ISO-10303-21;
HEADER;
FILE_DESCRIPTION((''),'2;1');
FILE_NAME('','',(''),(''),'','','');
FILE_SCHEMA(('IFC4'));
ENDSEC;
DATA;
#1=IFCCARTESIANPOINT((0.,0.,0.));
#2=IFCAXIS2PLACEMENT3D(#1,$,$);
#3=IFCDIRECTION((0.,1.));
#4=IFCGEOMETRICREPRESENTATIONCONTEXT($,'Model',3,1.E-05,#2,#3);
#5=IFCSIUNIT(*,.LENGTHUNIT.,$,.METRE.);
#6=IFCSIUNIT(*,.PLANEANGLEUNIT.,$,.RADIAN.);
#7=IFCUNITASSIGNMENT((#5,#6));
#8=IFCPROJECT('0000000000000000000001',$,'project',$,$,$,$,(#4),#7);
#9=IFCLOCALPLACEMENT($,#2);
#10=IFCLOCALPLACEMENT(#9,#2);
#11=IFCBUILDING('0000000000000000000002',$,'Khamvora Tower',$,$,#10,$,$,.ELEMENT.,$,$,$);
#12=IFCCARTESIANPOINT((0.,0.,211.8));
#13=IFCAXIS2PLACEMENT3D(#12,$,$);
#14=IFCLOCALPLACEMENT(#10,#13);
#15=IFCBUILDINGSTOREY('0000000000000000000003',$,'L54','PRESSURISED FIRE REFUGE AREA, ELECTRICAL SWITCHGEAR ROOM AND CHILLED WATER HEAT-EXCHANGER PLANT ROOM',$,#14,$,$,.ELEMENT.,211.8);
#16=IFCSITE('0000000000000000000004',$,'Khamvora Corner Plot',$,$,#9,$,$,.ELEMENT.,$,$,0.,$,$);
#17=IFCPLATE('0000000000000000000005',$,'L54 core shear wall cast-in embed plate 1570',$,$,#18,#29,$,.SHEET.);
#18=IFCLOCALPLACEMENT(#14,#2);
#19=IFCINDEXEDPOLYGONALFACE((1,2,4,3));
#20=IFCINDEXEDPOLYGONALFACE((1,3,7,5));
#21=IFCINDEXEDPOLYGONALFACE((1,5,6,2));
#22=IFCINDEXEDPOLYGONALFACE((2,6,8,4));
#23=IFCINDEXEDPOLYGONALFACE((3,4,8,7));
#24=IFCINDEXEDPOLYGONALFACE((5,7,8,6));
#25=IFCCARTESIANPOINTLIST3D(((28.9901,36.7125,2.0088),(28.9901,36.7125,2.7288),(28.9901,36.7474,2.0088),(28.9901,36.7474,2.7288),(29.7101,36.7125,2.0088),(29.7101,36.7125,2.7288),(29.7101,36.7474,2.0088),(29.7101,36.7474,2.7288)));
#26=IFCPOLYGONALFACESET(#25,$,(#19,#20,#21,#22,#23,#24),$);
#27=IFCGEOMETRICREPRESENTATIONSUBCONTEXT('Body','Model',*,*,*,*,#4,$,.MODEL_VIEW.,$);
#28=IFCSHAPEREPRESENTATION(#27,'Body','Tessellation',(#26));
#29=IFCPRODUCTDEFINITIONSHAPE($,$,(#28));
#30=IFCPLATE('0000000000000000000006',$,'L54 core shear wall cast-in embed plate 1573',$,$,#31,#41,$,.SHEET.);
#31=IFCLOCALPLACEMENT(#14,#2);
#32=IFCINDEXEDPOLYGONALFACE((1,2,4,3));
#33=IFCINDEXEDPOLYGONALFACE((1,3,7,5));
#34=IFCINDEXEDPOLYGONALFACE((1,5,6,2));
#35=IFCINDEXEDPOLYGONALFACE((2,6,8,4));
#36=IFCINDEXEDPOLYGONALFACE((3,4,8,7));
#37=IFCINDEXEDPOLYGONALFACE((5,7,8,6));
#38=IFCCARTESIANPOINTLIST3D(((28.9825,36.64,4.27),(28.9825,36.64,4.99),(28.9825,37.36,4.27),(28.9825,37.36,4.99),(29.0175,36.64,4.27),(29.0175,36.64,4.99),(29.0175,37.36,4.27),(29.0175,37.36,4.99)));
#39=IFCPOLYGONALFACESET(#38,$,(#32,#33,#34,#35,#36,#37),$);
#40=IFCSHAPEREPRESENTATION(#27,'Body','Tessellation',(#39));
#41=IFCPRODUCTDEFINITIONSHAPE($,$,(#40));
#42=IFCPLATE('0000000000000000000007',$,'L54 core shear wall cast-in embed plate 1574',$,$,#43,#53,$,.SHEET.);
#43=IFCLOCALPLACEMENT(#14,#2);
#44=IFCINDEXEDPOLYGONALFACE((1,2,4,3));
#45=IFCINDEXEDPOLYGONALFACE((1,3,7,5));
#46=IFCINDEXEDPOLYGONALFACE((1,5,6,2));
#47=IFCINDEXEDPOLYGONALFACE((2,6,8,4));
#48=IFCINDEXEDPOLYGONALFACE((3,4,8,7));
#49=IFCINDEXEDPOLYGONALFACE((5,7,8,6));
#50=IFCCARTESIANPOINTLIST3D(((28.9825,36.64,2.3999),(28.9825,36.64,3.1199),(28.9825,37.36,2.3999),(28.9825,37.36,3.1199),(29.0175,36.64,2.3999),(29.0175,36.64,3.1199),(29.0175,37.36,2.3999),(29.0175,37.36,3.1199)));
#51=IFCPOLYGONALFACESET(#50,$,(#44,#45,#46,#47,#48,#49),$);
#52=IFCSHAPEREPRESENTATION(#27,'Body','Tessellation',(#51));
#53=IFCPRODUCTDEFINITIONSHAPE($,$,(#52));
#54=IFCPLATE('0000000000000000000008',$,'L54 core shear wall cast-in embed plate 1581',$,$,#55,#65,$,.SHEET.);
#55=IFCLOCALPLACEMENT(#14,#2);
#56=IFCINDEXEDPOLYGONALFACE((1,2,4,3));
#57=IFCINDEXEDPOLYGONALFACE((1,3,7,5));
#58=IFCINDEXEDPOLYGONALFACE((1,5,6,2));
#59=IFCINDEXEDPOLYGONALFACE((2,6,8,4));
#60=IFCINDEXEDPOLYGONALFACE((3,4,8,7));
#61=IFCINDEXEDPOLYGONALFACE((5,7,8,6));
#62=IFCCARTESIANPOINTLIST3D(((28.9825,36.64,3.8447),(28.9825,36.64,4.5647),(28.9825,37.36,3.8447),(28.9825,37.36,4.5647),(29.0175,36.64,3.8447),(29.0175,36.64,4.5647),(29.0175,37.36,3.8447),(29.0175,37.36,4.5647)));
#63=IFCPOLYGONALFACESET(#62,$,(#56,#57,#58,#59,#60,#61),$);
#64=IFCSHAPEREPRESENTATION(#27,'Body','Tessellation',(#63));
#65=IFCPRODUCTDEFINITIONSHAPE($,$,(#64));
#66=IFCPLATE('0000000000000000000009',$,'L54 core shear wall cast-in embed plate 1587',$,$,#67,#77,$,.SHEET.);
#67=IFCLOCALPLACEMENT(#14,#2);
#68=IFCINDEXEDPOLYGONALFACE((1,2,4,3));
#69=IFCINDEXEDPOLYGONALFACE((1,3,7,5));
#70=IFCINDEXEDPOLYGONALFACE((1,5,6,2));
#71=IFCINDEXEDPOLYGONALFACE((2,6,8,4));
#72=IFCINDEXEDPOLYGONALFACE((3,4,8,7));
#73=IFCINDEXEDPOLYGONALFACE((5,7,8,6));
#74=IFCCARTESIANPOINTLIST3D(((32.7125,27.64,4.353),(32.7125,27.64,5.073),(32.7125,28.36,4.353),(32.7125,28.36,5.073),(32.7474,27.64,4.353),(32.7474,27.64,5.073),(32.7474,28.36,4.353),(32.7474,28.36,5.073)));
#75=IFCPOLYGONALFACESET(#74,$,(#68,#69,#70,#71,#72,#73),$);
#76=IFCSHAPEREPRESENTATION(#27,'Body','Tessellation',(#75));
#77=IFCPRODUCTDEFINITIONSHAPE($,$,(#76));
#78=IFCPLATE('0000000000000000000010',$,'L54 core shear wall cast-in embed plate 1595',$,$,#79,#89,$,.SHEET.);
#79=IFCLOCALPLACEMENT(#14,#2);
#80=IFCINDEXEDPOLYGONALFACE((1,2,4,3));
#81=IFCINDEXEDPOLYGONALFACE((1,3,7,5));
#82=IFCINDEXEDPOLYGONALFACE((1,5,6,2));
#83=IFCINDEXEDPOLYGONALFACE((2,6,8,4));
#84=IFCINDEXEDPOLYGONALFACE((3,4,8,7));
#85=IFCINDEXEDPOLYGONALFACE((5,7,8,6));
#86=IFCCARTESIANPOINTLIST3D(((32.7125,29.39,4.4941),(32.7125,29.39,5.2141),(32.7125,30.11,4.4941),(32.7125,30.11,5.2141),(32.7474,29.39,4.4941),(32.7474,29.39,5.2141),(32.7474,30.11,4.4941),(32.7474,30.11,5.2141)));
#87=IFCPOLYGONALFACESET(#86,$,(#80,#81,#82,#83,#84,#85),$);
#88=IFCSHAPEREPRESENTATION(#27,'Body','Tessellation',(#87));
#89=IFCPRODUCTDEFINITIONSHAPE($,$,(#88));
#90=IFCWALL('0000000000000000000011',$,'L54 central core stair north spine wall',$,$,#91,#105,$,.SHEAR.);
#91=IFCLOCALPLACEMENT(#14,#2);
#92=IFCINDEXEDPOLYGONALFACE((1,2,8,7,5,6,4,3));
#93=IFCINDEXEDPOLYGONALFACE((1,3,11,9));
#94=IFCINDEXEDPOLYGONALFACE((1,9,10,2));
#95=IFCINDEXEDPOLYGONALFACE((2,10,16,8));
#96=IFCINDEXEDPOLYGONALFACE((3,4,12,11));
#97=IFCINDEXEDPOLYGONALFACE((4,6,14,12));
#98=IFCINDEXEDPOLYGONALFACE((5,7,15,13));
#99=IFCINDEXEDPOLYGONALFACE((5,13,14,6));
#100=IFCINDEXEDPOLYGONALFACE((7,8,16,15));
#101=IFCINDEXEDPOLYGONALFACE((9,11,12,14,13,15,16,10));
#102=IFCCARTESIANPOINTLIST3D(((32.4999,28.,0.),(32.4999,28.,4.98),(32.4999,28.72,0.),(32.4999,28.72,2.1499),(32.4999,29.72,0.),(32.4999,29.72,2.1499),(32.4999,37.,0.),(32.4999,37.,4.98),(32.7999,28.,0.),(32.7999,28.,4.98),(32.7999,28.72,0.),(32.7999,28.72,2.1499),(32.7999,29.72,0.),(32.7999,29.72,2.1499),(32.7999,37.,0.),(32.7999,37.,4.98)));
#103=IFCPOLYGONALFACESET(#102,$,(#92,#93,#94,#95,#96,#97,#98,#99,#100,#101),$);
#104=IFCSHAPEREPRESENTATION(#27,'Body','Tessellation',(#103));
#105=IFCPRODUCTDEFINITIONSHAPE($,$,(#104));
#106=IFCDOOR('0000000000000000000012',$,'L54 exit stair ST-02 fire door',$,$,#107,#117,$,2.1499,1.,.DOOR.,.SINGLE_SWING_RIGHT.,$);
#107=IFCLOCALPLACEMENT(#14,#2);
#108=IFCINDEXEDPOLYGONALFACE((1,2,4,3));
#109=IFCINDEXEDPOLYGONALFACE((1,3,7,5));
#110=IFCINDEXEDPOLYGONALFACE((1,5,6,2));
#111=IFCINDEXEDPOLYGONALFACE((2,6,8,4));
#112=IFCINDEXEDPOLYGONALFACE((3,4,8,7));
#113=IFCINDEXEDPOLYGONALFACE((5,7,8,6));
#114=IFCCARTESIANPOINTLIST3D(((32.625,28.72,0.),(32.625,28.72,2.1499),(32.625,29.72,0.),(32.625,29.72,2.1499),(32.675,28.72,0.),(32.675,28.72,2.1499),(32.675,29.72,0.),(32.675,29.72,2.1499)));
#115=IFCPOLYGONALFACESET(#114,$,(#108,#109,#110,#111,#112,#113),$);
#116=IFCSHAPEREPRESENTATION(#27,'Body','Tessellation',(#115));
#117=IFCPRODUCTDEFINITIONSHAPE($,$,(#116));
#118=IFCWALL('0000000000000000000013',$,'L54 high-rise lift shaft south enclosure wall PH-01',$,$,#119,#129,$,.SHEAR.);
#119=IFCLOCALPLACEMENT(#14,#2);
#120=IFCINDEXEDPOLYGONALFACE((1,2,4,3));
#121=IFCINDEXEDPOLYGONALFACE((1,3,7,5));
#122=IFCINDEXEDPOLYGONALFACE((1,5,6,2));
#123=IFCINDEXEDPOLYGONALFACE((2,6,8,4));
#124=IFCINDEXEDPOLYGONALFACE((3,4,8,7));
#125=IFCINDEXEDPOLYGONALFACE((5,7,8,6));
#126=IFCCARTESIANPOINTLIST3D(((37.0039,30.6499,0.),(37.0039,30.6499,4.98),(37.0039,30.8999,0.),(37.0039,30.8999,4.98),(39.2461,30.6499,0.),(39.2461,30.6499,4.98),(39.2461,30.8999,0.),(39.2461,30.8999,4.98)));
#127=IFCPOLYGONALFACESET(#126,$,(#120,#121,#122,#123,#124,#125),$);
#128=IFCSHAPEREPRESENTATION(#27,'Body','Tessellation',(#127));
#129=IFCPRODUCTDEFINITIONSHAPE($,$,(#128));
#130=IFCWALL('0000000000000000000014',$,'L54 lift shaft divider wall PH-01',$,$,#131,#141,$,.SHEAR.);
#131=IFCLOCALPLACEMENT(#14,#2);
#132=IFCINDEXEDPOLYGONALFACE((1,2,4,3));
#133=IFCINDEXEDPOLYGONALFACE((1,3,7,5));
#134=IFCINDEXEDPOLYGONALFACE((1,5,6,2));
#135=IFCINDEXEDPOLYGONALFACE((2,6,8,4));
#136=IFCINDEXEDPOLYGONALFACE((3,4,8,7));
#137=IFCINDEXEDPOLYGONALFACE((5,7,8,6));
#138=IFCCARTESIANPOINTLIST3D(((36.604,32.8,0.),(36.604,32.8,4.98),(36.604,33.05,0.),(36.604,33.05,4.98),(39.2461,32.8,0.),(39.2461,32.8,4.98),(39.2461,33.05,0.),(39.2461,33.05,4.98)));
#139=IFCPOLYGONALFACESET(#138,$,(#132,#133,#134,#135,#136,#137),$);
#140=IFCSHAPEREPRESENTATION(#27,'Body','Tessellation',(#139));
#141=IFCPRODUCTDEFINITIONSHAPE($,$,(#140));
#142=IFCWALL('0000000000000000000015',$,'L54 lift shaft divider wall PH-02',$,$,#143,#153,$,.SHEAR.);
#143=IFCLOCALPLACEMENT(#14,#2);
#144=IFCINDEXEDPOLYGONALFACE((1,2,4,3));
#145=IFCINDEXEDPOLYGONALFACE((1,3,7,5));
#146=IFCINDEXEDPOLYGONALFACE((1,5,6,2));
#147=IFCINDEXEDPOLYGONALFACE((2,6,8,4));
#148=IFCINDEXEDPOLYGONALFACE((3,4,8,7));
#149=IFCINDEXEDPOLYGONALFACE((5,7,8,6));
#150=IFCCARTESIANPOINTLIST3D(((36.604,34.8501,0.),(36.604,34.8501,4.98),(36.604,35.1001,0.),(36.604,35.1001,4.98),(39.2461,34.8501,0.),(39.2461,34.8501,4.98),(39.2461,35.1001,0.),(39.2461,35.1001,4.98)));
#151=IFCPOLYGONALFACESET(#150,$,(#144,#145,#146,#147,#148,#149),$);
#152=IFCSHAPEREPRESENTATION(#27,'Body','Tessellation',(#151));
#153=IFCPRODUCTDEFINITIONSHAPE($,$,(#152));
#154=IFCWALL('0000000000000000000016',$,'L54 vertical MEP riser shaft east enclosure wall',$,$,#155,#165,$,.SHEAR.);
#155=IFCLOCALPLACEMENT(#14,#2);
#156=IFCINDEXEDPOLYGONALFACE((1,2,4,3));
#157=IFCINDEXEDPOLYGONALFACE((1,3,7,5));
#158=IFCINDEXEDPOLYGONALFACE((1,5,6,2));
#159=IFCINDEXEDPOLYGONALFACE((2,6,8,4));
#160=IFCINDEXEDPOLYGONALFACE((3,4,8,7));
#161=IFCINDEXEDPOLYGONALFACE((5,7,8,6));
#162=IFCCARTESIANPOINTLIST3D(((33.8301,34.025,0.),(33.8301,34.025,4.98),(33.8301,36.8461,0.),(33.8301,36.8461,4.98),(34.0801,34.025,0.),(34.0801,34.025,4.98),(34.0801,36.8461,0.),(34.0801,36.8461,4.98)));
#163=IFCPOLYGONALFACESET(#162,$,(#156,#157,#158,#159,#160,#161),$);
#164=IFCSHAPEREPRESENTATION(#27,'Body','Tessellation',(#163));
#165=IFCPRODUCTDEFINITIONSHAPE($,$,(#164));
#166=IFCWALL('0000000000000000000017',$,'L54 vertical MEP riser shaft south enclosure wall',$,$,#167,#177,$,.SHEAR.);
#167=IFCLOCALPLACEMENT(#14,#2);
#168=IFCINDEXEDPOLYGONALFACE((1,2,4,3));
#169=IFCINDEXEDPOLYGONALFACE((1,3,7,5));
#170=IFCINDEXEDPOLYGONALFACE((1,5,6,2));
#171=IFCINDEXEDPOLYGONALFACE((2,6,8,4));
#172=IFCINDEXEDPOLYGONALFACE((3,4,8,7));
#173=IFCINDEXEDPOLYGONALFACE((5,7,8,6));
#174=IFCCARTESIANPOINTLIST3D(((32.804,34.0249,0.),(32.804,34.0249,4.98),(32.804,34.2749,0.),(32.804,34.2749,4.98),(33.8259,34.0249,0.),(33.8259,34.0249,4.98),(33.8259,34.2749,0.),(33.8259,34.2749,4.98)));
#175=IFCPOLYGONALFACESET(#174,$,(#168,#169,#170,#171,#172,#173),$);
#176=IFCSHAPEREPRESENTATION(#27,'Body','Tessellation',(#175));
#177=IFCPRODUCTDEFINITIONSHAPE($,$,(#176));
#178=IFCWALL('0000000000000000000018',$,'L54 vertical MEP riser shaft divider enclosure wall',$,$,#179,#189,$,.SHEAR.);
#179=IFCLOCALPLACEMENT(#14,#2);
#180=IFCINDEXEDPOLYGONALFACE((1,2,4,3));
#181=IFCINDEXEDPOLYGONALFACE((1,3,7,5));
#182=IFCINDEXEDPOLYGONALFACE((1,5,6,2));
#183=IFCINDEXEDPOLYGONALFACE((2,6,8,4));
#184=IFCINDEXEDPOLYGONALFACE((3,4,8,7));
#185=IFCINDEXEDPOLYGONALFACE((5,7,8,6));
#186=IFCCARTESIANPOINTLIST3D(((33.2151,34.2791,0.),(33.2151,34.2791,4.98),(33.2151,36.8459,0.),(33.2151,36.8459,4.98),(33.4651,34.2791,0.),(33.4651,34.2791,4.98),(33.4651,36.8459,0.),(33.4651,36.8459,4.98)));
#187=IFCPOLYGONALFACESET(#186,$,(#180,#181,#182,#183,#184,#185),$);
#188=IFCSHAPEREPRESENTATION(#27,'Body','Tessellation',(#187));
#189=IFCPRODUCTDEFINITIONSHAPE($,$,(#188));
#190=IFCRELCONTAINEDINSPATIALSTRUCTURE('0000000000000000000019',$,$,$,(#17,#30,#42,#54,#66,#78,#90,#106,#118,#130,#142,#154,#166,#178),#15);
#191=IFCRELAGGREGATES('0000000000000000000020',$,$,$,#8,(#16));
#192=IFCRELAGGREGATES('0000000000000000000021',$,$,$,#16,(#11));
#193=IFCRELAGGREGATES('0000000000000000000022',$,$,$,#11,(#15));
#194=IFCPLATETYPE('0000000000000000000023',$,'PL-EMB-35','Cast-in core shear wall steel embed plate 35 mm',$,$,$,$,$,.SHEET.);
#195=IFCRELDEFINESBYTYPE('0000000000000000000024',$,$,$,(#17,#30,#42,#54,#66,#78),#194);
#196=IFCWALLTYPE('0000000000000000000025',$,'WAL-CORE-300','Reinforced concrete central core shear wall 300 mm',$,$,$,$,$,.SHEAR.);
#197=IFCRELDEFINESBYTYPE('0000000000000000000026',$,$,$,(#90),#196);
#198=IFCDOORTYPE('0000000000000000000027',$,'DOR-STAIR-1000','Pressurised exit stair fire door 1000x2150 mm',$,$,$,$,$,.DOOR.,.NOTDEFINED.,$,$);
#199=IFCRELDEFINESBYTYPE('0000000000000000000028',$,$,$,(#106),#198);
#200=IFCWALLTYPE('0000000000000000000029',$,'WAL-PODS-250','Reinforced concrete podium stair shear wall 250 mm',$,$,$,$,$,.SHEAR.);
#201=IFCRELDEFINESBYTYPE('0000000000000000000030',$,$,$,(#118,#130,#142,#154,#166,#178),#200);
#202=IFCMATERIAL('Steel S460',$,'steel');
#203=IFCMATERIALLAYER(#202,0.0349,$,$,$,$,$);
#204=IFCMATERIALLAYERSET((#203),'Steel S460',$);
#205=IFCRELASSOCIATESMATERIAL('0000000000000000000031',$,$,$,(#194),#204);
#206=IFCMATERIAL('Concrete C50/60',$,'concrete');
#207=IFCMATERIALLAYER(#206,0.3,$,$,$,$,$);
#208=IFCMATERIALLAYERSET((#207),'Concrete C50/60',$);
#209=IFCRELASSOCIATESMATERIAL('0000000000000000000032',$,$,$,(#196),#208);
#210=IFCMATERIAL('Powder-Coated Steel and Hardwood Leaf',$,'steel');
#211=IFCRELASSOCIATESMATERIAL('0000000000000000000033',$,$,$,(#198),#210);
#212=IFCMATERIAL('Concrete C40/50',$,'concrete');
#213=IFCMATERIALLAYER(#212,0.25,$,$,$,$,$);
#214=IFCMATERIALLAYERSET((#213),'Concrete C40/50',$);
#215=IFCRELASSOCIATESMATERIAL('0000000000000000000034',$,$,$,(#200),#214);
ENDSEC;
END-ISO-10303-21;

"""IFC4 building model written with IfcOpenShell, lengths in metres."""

from ifc_helpers import new_model, si_unit, direction, frame, frame_2d, origin, origin_2d, place, context, subcontext, project, spatial, rectangle, extrude, material, layer, layer_set, type_object, element, fill, save


model = new_model("IFC4")

# Units and contexts
model_context = context("Model", 3, precision=1e-05, world=origin(), true_north=direction((0.0, 1.0)))
body_context = subcontext(model_context, "Body", "Model", "MODEL_VIEW")
ifc_project = project(units=[si_unit("LENGTHUNIT", "METRE"), si_unit("PLANEANGLEUNIT", "RADIAN")], contexts=[model_context])

# Site, building, storey
site_placement = place(None, origin())
site = spatial("IfcSite", under=ifc_project, at=site_placement, Name="Khamvora Corner Plot", CompositionType="ELEMENT", RefElevation=0.0)
building_placement = place(site_placement, origin())
building = spatial("IfcBuilding", under=site, at=building_placement, Name="Khamvora Tower", CompositionType="ELEMENT")
storey_placement = place(building_placement, frame((0.0, 0.0, 211.8)))
storey = spatial("IfcBuildingStorey", under=building, at=storey_placement, Name="L54", Description="PRESSURISED FIRE REFUGE AREA, ELECTRICAL SWITCHGEAR ROOM AND CHILLED WATER HEAT-EXCHANGER PLANT ROOM", CompositionType="ELEMENT", Elevation=211.8)

# Shared definitions
ifc_material_1 = material(Name="Steel S460", Category="steel")

# Plates
ifc_layer_1 = layer(ifc_material_1, 0.0349)
ifc_layer_set_1 = layer_set([ifc_layer_1], Name="Steel S460")
plate_type_1 = type_object("IfcPlateType", Name="PL-EMB-35", Description="Cast-in core shear wall steel embed plate 35 mm", PredefinedType="SHEET", material=ifc_layer_set_1)
plate_1_placement = place(storey_placement, frame((29.3501, 36.73, 2.0088), z_axis=(0.0, 0.0, 1.0), x_axis=(1.0, 0.0, 0.0)))
element("IfcPlate", 1, at=plate_1_placement, inside=storey, type_object=plate_type_1, Name="L54 core shear wall cast-in embed plate 1570", PredefinedType="SHEET", context=body_context, shape_type="SweptSolid", body=[
    extrude(rectangle(XDim=0.72, YDim=0.0349, at=origin_2d()), origin(), (0.0, 0.0, 1.0), 0.72),
])
for number, where, z_axis, x_axis, name in (
    (2, (29.0, 37.0, 4.27), (0.0, 0.0, 1.0), (1.0, 0.0, 0.0), "L54 core shear wall cast-in embed plate 1573"),
    (3, (29.0, 37.0, 2.3999), (0.0, 0.0, 1.0), (1.0, 0.0, 0.0), "L54 core shear wall cast-in embed plate 1574"),
    (4, (29.0, 37.0, 3.8447), (0.0, 0.0, 1.0), (1.0, 0.0, 0.0), "L54 core shear wall cast-in embed plate 1581"),
    (5, (32.73, 28.0, 4.353), (0.0, 0.0, 1.0), (1.0, 0.0, 0.0), "L54 core shear wall cast-in embed plate 1587"),
    (6, (32.73, 29.75, 4.4941), (0.0, 0.0, 1.0), (1.0, 0.0, 0.0), "L54 core shear wall cast-in embed plate 1595"),
):
    element("IfcPlate", number, at=place(storey_placement, frame(where, z_axis=z_axis, x_axis=x_axis)), inside=storey, type_object=plate_type_1, Name=name, PredefinedType="SHEET", context=body_context, shape_type="SweptSolid", body=[
        extrude(rectangle(XDim=0.0349, YDim=0.72, at=origin_2d()), origin(), (0.0, 0.0, 1.0), 0.72),
    ])

# Wall, opening, door
ifc_material_2 = material(Name="Concrete C50/60", Category="concrete")
ifc_layer_2 = layer(ifc_material_2, 0.3)
ifc_layer_set_2 = layer_set([ifc_layer_2], Name="Concrete C50/60")
wall_type_1 = type_object("IfcWallType", Name="WAL-CORE-300", Description="Reinforced concrete central core shear wall 300 mm", PredefinedType="SHEAR", material=ifc_layer_set_2)
wall_1_placement = place(storey_placement, frame((32.6499, 28.0, 0.0), z_axis=(0.0, 0.0, 1.0), x_axis=(0.0, 1.0, 0.0)))
wall_1 = element("IfcWall", 7, at=wall_1_placement, inside=storey, type_object=wall_type_1, Name="L54 central core stair north spine wall", PredefinedType="SHEAR", context=body_context, shape_type="SweptSolid", body=[
    extrude(rectangle(XDim=9.0, YDim=0.3, at=frame_2d((4.5, 0.0))), origin(), (0.0, 0.0, 1.0), 4.98),
])
opening_1_placement = place(wall_1_placement, frame((0.72, 0.0, 0.0)))
opening_1 = element("IfcOpeningElement", 8, at=opening_1_placement, cuts=wall_1, PredefinedType="OPENING", context=body_context, shape_type="SweptSolid", body=[
    extrude(rectangle(XDim=1.0, YDim=2.1499, at=frame_2d((0.5, 1.075))), frame((0.0, 0.1599, 0.0), z_axis=(0.0, -1.0, 0.0), x_axis=(1.0, 0.0, 0.0)), (0.0, 0.0, 1.0), 0.3201),
])
ifc_material_3 = material(Name="Powder-Coated Steel and Hardwood Leaf", Category="steel")
door_type_1 = type_object("IfcDoorType", Name="DOR-STAIR-1000", Description="Pressurised exit stair fire door 1000x2150 mm", OperationType="NOTDEFINED", PredefinedType="DOOR", material=ifc_material_3)
door_1_placement = place(opening_1_placement, origin())
door_1 = element("IfcDoor", 9, at=door_1_placement, inside=storey, type_object=door_type_1, Name="L54 exit stair ST-02 fire door", OperationType="SINGLE_SWING_RIGHT", OverallHeight=2.1499, OverallWidth=1.0, PredefinedType="DOOR", context=body_context, shape_type="SweptSolid", body=[
    extrude(rectangle(XDim=1.0, YDim=2.1499, at=frame_2d((0.5, 1.075))), frame((0.0, 0.0249, 0.0), z_axis=(0.0, -1.0, 0.0), x_axis=(1.0, 0.0, 0.0)), (0.0, 0.0, 1.0), 0.05),
])
fill(opening_1, door_1)

# Walls
ifc_material_4 = material(Name="Concrete C40/50", Category="concrete")
ifc_layer_3 = layer(ifc_material_4, 0.25)
ifc_layer_set_3 = layer_set([ifc_layer_3], Name="Concrete C40/50")
wall_type_2 = type_object("IfcWallType", Name="WAL-PODS-250", Description="Reinforced concrete podium stair shear wall 250 mm", PredefinedType="SHEAR", material=ifc_layer_set_3)
wall_2_placement = place(storey_placement, frame((37.0039, 30.7749, 0.0), z_axis=(0.0, 0.0, 1.0), x_axis=(1.0, 0.0, 0.0)))
element("IfcWall", 10, at=wall_2_placement, inside=storey, type_object=wall_type_2, Name="L54 high-rise lift shaft south enclosure wall PH-01", PredefinedType="SHEAR", context=body_context, shape_type="SweptSolid", body=[
    extrude(rectangle(XDim=2.2422, YDim=0.25, at=frame_2d((1.1211, 0.0))), origin(), (0.0, 0.0, 1.0), 4.98),
])
for number, where, z_axis, x_axis, name in (
    (11, (36.604, 32.925, 0.0), (0.0, 0.0, 1.0), (1.0, 0.0, 0.0), "L54 lift shaft divider wall PH-01"),
    (12, (36.604, 34.9751, 0.0), (0.0, 0.0, 1.0), (1.0, 0.0, 0.0), "L54 lift shaft divider wall PH-02"),
):
    element("IfcWall", number, at=place(storey_placement, frame(where, z_axis=z_axis, x_axis=x_axis)), inside=storey, type_object=wall_type_2, Name=name, PredefinedType="SHEAR", context=body_context, shape_type="SweptSolid", body=[
        extrude(rectangle(XDim=2.6421, YDim=0.25, at=frame_2d((1.321, 0.0))), origin(), (0.0, 0.0, 1.0), 4.98),
    ])
wall_3_placement = place(storey_placement, frame((33.9551, 34.0249, 0.0), z_axis=(0.0, 0.0, 1.0), x_axis=(0.0, 1.0, 0.0)))
element("IfcWall", 13, at=wall_3_placement, inside=storey, type_object=wall_type_2, Name="L54 vertical MEP riser shaft east enclosure wall", PredefinedType="SHEAR", context=body_context, shape_type="SweptSolid", body=[
    extrude(rectangle(XDim=2.821, YDim=0.25, at=frame_2d((1.4106, 0.0))), origin(), (0.0, 0.0, 1.0), 4.98),
])
wall_4_placement = place(storey_placement, frame((32.804, 34.1499, 0.0), z_axis=(0.0, 0.0, 1.0), x_axis=(1.0, 0.0, 0.0)))
element("IfcWall", 14, at=wall_4_placement, inside=storey, type_object=wall_type_2, Name="L54 vertical MEP riser shaft south enclosure wall", PredefinedType="SHEAR", context=body_context, shape_type="SweptSolid", body=[
    extrude(rectangle(XDim=1.022, YDim=0.25, at=frame_2d((0.511, 0.0))), origin(), (0.0, 0.0, 1.0), 4.98),
])
wall_5_placement = place(storey_placement, frame((33.3401, 34.2791, 0.0), z_axis=(0.0, 0.0, 1.0), x_axis=(0.0, 1.0, 0.0)))
element("IfcWall", 15, at=wall_5_placement, inside=storey, type_object=wall_type_2, Name="L54 vertical MEP riser shaft divider enclosure wall", PredefinedType="SHEAR", context=body_context, shape_type="SweptSolid", body=[
    extrude(rectangle(XDim=2.5669, YDim=0.25, at=frame_2d((1.2834, 0.0))), origin(), (0.0, 0.0, 1.0), 4.98),
])

save(model, "model.ifc")
